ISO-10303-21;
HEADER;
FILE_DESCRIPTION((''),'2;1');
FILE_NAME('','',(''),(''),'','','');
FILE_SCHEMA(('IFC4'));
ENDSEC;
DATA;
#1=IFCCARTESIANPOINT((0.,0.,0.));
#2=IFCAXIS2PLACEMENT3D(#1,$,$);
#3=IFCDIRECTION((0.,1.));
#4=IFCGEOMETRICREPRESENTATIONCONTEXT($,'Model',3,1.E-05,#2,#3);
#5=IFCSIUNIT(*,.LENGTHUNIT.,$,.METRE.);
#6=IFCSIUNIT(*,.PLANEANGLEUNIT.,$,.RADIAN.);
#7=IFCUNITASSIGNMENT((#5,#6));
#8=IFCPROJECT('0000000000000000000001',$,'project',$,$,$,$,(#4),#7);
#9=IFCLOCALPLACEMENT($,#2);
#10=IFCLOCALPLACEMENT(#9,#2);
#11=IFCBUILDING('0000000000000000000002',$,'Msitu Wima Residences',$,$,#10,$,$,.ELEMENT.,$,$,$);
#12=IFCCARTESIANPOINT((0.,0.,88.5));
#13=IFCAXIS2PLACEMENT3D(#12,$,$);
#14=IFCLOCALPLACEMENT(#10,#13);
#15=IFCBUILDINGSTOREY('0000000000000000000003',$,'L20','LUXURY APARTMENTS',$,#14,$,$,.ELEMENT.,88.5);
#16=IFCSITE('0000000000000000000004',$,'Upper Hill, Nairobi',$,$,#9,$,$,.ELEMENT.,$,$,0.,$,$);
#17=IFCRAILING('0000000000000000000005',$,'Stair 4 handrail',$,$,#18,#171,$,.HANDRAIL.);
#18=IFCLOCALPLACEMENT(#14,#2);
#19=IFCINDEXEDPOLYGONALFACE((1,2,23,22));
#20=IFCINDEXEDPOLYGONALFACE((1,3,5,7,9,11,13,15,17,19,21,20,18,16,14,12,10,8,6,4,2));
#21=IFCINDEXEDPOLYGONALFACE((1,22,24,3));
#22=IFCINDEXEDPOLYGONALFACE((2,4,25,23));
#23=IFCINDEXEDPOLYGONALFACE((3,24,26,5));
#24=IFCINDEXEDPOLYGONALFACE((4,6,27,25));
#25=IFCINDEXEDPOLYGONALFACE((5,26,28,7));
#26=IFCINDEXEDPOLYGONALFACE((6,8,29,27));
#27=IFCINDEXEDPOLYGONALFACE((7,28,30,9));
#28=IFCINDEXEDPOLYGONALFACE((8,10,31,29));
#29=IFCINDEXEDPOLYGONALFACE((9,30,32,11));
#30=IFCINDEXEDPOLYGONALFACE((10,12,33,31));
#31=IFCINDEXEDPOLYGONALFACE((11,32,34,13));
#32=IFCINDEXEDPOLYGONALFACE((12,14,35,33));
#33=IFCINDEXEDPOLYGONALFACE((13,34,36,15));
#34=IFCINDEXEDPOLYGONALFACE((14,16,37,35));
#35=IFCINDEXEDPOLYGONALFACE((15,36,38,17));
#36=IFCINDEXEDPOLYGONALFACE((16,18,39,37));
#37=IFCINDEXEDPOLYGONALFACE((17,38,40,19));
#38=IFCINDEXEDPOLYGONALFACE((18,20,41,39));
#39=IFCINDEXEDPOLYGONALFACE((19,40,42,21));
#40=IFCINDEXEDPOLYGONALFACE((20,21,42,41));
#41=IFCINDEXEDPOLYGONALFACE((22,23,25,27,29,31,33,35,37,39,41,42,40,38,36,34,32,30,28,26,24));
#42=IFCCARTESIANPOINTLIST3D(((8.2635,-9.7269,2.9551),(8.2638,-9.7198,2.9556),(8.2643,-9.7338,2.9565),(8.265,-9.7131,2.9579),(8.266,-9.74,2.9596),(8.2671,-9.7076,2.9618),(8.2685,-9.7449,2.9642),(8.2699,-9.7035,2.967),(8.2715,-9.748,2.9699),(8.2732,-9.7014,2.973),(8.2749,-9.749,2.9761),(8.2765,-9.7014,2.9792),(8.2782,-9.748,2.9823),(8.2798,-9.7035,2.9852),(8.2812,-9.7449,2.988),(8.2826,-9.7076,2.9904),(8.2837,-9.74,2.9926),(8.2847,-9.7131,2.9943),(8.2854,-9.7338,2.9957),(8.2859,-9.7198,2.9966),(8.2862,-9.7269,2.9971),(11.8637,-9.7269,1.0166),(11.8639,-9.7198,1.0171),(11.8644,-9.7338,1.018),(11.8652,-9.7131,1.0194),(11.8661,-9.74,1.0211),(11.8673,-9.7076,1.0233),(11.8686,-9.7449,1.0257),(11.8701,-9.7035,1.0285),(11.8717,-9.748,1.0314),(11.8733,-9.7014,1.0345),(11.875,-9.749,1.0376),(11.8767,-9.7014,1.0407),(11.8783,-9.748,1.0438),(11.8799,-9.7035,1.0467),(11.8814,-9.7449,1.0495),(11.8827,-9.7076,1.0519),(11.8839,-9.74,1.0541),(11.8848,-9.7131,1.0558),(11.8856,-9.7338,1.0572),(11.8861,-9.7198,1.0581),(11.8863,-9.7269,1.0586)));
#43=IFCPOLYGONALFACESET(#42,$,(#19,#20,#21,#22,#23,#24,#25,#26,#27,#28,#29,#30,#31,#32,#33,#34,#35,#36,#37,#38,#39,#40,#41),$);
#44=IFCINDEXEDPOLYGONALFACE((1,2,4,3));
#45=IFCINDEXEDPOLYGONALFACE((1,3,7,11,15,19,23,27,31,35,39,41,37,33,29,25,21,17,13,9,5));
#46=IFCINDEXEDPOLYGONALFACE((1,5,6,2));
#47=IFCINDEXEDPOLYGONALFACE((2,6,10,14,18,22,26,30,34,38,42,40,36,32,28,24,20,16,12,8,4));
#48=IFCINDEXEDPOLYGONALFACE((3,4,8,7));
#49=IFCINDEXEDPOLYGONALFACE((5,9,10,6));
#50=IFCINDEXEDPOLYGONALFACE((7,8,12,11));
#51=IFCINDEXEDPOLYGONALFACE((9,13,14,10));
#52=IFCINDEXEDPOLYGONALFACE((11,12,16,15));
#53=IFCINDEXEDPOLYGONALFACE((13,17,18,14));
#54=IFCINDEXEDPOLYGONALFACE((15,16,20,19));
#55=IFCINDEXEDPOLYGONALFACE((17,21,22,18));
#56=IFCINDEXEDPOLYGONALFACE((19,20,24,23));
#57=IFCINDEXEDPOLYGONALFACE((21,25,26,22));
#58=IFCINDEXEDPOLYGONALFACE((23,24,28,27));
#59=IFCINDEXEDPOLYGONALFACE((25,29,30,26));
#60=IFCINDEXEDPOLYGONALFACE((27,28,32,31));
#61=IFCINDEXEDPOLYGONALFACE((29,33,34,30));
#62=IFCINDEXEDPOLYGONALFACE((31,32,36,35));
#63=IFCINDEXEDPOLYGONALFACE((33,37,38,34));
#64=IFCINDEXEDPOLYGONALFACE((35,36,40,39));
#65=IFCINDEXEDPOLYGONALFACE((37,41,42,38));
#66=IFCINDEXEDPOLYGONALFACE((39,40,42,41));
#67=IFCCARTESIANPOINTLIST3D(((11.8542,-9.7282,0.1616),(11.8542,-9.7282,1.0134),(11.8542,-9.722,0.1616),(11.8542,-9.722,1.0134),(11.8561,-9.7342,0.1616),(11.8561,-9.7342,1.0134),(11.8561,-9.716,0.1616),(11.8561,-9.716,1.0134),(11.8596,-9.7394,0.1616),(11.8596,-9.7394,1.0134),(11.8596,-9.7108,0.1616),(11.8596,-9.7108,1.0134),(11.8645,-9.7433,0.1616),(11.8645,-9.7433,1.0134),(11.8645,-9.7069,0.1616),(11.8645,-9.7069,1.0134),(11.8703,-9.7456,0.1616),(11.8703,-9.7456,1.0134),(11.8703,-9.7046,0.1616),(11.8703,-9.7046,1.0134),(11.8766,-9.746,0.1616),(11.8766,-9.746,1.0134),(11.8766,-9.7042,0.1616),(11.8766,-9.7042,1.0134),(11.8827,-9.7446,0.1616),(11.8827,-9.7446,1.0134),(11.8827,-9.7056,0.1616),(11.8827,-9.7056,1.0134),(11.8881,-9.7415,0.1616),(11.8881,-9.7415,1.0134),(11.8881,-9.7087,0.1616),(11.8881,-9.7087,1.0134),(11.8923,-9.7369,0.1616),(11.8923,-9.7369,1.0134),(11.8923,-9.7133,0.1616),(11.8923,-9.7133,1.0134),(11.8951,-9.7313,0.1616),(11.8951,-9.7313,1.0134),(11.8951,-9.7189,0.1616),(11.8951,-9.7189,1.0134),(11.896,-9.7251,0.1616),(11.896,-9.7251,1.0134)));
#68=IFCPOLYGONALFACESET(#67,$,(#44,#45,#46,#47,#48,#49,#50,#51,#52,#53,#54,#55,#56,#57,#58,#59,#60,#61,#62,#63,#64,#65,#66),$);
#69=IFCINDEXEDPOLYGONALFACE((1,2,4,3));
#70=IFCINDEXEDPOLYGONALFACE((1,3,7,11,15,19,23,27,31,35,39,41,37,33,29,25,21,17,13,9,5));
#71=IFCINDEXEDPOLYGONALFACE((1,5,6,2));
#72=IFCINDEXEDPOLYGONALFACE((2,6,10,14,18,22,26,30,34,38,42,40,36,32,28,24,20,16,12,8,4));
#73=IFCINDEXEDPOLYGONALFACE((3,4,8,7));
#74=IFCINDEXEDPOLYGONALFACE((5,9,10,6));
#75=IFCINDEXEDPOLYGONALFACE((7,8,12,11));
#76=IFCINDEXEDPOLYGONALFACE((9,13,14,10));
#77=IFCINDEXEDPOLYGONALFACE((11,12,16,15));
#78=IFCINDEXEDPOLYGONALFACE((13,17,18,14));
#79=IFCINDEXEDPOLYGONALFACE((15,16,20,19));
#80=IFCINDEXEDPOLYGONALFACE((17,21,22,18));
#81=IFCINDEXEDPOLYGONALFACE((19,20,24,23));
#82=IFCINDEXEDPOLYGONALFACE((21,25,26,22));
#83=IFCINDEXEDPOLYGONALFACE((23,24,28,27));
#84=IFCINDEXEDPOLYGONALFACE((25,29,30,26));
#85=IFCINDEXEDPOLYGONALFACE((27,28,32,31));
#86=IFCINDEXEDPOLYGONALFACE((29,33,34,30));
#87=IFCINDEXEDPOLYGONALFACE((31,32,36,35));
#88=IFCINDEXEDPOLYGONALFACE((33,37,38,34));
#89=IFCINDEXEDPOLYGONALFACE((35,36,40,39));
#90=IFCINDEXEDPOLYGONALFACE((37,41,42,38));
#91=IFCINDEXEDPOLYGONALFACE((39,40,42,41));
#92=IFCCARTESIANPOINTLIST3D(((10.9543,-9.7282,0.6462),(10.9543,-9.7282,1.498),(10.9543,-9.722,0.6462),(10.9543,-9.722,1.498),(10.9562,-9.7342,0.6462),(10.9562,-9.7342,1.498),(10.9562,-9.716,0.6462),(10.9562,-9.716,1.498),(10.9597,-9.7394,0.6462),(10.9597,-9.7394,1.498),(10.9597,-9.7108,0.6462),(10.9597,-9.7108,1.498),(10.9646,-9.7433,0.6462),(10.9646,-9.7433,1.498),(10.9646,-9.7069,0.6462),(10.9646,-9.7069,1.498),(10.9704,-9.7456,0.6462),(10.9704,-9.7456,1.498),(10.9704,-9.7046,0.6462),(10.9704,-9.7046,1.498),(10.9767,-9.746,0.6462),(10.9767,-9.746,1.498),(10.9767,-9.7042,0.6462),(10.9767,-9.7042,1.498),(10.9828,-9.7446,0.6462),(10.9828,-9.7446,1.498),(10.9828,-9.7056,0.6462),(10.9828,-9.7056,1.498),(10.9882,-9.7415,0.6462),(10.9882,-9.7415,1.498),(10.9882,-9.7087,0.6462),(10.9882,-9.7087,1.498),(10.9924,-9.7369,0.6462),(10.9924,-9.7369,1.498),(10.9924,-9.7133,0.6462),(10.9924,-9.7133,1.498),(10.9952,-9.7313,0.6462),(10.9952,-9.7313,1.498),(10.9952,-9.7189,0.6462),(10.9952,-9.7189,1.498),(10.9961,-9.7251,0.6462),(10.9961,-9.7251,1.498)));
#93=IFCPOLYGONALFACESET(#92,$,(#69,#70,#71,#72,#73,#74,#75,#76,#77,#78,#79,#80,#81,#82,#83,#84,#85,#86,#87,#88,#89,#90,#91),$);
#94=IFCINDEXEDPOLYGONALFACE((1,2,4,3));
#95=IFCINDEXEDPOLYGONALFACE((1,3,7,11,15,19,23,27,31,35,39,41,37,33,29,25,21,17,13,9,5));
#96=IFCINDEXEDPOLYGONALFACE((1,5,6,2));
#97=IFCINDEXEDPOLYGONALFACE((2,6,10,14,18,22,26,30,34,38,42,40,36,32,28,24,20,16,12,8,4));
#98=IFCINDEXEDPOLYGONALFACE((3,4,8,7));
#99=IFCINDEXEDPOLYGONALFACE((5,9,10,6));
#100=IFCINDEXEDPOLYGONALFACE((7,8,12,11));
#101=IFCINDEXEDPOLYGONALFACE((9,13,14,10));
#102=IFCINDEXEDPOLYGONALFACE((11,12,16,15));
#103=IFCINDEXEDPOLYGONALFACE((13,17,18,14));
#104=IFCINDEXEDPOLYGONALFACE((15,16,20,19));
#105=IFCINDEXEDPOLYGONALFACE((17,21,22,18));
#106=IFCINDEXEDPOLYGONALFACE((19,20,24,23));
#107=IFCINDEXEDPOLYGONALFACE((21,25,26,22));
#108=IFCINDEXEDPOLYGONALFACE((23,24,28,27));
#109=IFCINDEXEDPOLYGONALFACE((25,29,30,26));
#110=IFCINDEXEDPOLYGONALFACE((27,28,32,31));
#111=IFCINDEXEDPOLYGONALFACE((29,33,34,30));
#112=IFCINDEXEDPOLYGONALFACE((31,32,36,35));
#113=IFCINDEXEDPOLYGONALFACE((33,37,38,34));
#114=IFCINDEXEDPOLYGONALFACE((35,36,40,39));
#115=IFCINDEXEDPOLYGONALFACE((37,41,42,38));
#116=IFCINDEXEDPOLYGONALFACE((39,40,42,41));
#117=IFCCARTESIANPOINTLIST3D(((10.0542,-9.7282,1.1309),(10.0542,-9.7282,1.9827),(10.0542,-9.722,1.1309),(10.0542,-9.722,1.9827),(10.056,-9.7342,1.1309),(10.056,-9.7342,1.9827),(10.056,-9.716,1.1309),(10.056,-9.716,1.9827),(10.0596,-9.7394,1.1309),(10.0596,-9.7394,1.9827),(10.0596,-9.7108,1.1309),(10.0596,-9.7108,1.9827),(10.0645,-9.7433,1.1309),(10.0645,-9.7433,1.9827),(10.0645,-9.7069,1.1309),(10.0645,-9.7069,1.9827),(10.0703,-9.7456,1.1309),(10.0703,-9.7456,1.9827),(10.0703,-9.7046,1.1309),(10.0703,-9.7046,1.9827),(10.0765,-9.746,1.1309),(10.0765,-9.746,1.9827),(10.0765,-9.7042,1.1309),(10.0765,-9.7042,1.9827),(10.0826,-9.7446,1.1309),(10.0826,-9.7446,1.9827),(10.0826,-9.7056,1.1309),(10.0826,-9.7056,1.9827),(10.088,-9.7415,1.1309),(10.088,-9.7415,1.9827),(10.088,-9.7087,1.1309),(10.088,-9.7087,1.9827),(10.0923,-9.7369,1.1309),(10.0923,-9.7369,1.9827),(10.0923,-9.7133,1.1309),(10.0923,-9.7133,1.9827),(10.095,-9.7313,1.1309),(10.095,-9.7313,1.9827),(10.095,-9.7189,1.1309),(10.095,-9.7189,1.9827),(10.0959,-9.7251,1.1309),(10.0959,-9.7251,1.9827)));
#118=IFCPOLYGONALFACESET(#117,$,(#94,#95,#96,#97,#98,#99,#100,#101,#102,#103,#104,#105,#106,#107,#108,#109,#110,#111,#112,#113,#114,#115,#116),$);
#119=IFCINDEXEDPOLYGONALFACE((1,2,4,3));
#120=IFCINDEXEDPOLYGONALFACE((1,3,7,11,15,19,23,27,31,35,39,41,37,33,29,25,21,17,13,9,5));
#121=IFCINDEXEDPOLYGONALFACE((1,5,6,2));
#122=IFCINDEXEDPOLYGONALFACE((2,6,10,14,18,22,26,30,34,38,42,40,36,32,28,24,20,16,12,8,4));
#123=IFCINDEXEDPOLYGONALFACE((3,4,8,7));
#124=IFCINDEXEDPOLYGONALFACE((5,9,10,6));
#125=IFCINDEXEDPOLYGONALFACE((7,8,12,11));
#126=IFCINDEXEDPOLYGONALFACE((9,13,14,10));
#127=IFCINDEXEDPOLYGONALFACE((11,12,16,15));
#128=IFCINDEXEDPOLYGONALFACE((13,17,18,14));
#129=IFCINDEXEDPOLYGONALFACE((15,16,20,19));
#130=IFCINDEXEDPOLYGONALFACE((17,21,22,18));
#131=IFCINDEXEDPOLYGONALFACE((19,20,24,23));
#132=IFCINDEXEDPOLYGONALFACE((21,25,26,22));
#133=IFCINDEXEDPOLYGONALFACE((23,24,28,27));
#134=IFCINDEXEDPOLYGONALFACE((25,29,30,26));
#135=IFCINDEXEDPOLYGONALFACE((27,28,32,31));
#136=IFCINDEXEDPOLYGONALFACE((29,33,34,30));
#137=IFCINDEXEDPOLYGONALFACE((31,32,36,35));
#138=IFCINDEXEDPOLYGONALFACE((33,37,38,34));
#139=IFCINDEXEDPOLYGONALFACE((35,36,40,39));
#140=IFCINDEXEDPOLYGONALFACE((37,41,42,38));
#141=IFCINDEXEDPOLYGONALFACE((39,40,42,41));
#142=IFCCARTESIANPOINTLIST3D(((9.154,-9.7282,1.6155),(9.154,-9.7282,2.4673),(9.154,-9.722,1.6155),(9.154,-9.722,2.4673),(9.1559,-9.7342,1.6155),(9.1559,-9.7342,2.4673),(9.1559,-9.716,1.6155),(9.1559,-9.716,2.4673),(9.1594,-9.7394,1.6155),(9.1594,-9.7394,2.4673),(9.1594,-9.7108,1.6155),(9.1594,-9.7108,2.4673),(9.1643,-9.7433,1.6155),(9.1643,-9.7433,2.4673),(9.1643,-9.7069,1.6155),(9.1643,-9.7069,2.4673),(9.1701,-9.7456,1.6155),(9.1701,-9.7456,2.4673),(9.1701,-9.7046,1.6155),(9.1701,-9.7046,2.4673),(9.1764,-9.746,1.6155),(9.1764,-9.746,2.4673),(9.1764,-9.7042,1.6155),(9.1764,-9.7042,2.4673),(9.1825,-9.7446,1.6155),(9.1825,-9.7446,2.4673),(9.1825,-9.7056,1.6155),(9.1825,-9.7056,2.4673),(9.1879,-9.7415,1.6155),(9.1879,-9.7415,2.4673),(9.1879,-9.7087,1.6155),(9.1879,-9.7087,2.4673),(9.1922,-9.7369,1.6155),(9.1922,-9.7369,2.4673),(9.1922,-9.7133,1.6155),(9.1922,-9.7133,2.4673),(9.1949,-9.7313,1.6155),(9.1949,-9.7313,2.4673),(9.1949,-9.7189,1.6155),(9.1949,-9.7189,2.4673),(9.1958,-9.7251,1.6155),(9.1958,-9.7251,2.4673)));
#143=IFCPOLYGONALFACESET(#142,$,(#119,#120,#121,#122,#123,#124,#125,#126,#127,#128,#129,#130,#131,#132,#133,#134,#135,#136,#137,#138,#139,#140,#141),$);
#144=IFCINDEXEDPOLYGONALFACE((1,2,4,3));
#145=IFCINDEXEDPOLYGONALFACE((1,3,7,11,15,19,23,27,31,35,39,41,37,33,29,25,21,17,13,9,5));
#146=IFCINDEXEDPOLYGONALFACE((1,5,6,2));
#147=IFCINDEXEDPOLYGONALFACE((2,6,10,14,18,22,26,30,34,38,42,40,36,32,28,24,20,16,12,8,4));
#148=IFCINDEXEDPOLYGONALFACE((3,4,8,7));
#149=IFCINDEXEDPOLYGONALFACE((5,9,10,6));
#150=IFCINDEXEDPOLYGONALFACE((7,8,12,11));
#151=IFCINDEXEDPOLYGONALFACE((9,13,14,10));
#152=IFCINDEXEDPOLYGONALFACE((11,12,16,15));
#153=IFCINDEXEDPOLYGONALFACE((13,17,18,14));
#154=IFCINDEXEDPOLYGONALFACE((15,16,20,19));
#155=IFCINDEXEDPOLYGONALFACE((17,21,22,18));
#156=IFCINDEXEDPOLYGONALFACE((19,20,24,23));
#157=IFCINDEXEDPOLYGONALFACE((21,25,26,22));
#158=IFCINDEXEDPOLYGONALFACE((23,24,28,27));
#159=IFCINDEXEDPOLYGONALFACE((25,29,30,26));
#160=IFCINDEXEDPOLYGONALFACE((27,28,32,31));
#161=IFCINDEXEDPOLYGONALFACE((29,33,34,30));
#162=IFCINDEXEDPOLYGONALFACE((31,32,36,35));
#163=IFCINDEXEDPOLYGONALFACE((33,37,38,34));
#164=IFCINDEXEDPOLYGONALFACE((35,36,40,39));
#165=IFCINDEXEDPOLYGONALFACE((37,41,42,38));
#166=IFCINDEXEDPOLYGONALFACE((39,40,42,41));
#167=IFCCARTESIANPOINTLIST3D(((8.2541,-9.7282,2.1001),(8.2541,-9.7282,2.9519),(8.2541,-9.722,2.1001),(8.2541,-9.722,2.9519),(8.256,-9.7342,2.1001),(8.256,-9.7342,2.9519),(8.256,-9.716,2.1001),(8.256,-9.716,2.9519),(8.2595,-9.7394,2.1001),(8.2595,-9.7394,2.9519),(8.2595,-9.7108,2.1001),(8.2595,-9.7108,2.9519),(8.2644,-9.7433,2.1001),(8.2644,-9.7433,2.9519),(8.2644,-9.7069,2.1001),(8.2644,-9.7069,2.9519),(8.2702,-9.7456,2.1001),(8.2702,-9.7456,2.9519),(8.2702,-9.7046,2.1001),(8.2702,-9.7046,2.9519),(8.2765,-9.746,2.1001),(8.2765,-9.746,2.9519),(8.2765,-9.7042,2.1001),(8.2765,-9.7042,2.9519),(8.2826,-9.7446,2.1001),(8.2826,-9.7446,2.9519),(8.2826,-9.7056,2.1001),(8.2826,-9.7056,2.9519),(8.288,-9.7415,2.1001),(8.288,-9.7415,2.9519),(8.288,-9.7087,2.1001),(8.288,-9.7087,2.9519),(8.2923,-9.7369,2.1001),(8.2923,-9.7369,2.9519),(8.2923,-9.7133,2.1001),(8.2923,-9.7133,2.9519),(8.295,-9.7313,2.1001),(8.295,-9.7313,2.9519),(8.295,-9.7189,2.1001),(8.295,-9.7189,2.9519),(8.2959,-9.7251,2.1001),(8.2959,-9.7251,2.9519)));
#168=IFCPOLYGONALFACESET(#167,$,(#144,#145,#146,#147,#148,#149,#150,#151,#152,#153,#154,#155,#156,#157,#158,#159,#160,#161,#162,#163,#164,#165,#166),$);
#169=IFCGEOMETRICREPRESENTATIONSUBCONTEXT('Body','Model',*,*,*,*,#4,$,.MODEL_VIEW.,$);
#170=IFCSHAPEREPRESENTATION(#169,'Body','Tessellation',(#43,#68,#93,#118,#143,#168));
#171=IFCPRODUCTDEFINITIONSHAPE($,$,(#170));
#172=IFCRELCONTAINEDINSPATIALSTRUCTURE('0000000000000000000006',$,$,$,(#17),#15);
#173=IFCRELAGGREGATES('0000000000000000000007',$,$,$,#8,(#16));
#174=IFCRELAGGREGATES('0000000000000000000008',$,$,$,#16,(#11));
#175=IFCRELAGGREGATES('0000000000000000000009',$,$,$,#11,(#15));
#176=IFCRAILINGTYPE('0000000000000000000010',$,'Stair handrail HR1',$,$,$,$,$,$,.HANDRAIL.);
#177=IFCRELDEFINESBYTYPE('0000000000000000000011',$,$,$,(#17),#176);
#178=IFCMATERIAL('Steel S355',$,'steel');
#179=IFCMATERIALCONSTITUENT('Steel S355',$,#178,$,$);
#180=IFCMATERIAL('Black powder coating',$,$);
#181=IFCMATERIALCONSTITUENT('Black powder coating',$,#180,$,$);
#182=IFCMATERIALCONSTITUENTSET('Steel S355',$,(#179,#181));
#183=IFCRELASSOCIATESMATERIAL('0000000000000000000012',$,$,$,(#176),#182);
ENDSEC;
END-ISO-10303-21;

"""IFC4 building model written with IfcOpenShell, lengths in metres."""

from ifc_helpers import new_model, si_unit, direction, frame, origin, origin_2d, place, context, subcontext, project, spatial, circle, extrude, material, constituent, constituent_set, type_object, element, save


model = new_model("IFC4")

# Units and contexts
model_context = context("Model", 3, precision=1e-05, world=origin(), true_north=direction((0.0, 1.0)))
body_context = subcontext(model_context, "Body", "Model", "MODEL_VIEW")
ifc_project = project(units=[si_unit("LENGTHUNIT", "METRE"), si_unit("PLANEANGLEUNIT", "RADIAN")], contexts=[model_context])

# Site, building, storey
site_placement = place(None, origin())
site = spatial("IfcSite", under=ifc_project, at=site_placement, Name="Upper Hill, Nairobi", CompositionType="ELEMENT", RefElevation=0.0)
building_placement = place(site_placement, origin())
building = spatial("IfcBuilding", under=site, at=building_placement, Name="Msitu Wima Residences", CompositionType="ELEMENT")
storey_placement = place(building_placement, frame((0.0, 0.0, 88.5)))
storey = spatial("IfcBuildingStorey", under=building, at=storey_placement, Name="L20", Description="LUXURY APARTMENTS", CompositionType="ELEMENT", Elevation=88.5)

# Railing
ifc_material_1 = material(Name="Steel S355", Category="steel")
ifc_constituent_1 = constituent(ifc_material_1, Name="Steel S355")
ifc_material_2 = material(Name="Black powder coating")
ifc_constituent_2 = constituent(ifc_material_2, Name="Black powder coating")
ifc_constituent_set = constituent_set(constituents=[ifc_constituent_1, ifc_constituent_2], Name="Steel S355")
railing_type = type_object("IfcRailingType", Name="Stair handrail HR1", PredefinedType="HANDRAIL", material=ifc_constituent_set)
for number, where, name in (
    (1, (11.875, -9.7251, 0.1616), "Stair 4 handrail"),
):
    element("IfcRailing", number, at=place(storey_placement, frame(where)), inside=storey, type_object=railing_type, Name=name, PredefinedType="HANDRAIL", context=body_context, shape_type="SweptSolid", body=[
        extrude(circle(Radius=0.0239, at=origin_2d()), frame((0.0, 0.0, 0.876), z_axis=(-0.880475, 0.0, 0.474093), x_axis=(0.0, -1.0, 0.0)), (0.0, 0.0, 1.0), 4.0889),
        extrude(circle(Radius=0.021, at=origin_2d()), origin(), (0.0, 0.0, 1.0), 0.8518),
        extrude(circle(Radius=0.021, at=origin_2d()), frame((-0.8999, 0.0, 0.4846)), (0.0, 0.0, 1.0), 0.8518),
        extrude(circle(Radius=0.021, at=origin_2d()), frame((-1.8, 0.0, 0.9692)), (0.0, 0.0, 1.0), 0.8518),
        extrude(circle(Radius=0.021, at=origin_2d()), frame((-2.7002, 0.0, 1.4539)), (0.0, 0.0, 1.0), 0.8518),
        extrude(circle(Radius=0.021, at=origin_2d()), frame((-3.6001, 0.0, 1.9385)), (0.0, 0.0, 1.0), 0.8518),
    ])

save(model, "model.ifc")
